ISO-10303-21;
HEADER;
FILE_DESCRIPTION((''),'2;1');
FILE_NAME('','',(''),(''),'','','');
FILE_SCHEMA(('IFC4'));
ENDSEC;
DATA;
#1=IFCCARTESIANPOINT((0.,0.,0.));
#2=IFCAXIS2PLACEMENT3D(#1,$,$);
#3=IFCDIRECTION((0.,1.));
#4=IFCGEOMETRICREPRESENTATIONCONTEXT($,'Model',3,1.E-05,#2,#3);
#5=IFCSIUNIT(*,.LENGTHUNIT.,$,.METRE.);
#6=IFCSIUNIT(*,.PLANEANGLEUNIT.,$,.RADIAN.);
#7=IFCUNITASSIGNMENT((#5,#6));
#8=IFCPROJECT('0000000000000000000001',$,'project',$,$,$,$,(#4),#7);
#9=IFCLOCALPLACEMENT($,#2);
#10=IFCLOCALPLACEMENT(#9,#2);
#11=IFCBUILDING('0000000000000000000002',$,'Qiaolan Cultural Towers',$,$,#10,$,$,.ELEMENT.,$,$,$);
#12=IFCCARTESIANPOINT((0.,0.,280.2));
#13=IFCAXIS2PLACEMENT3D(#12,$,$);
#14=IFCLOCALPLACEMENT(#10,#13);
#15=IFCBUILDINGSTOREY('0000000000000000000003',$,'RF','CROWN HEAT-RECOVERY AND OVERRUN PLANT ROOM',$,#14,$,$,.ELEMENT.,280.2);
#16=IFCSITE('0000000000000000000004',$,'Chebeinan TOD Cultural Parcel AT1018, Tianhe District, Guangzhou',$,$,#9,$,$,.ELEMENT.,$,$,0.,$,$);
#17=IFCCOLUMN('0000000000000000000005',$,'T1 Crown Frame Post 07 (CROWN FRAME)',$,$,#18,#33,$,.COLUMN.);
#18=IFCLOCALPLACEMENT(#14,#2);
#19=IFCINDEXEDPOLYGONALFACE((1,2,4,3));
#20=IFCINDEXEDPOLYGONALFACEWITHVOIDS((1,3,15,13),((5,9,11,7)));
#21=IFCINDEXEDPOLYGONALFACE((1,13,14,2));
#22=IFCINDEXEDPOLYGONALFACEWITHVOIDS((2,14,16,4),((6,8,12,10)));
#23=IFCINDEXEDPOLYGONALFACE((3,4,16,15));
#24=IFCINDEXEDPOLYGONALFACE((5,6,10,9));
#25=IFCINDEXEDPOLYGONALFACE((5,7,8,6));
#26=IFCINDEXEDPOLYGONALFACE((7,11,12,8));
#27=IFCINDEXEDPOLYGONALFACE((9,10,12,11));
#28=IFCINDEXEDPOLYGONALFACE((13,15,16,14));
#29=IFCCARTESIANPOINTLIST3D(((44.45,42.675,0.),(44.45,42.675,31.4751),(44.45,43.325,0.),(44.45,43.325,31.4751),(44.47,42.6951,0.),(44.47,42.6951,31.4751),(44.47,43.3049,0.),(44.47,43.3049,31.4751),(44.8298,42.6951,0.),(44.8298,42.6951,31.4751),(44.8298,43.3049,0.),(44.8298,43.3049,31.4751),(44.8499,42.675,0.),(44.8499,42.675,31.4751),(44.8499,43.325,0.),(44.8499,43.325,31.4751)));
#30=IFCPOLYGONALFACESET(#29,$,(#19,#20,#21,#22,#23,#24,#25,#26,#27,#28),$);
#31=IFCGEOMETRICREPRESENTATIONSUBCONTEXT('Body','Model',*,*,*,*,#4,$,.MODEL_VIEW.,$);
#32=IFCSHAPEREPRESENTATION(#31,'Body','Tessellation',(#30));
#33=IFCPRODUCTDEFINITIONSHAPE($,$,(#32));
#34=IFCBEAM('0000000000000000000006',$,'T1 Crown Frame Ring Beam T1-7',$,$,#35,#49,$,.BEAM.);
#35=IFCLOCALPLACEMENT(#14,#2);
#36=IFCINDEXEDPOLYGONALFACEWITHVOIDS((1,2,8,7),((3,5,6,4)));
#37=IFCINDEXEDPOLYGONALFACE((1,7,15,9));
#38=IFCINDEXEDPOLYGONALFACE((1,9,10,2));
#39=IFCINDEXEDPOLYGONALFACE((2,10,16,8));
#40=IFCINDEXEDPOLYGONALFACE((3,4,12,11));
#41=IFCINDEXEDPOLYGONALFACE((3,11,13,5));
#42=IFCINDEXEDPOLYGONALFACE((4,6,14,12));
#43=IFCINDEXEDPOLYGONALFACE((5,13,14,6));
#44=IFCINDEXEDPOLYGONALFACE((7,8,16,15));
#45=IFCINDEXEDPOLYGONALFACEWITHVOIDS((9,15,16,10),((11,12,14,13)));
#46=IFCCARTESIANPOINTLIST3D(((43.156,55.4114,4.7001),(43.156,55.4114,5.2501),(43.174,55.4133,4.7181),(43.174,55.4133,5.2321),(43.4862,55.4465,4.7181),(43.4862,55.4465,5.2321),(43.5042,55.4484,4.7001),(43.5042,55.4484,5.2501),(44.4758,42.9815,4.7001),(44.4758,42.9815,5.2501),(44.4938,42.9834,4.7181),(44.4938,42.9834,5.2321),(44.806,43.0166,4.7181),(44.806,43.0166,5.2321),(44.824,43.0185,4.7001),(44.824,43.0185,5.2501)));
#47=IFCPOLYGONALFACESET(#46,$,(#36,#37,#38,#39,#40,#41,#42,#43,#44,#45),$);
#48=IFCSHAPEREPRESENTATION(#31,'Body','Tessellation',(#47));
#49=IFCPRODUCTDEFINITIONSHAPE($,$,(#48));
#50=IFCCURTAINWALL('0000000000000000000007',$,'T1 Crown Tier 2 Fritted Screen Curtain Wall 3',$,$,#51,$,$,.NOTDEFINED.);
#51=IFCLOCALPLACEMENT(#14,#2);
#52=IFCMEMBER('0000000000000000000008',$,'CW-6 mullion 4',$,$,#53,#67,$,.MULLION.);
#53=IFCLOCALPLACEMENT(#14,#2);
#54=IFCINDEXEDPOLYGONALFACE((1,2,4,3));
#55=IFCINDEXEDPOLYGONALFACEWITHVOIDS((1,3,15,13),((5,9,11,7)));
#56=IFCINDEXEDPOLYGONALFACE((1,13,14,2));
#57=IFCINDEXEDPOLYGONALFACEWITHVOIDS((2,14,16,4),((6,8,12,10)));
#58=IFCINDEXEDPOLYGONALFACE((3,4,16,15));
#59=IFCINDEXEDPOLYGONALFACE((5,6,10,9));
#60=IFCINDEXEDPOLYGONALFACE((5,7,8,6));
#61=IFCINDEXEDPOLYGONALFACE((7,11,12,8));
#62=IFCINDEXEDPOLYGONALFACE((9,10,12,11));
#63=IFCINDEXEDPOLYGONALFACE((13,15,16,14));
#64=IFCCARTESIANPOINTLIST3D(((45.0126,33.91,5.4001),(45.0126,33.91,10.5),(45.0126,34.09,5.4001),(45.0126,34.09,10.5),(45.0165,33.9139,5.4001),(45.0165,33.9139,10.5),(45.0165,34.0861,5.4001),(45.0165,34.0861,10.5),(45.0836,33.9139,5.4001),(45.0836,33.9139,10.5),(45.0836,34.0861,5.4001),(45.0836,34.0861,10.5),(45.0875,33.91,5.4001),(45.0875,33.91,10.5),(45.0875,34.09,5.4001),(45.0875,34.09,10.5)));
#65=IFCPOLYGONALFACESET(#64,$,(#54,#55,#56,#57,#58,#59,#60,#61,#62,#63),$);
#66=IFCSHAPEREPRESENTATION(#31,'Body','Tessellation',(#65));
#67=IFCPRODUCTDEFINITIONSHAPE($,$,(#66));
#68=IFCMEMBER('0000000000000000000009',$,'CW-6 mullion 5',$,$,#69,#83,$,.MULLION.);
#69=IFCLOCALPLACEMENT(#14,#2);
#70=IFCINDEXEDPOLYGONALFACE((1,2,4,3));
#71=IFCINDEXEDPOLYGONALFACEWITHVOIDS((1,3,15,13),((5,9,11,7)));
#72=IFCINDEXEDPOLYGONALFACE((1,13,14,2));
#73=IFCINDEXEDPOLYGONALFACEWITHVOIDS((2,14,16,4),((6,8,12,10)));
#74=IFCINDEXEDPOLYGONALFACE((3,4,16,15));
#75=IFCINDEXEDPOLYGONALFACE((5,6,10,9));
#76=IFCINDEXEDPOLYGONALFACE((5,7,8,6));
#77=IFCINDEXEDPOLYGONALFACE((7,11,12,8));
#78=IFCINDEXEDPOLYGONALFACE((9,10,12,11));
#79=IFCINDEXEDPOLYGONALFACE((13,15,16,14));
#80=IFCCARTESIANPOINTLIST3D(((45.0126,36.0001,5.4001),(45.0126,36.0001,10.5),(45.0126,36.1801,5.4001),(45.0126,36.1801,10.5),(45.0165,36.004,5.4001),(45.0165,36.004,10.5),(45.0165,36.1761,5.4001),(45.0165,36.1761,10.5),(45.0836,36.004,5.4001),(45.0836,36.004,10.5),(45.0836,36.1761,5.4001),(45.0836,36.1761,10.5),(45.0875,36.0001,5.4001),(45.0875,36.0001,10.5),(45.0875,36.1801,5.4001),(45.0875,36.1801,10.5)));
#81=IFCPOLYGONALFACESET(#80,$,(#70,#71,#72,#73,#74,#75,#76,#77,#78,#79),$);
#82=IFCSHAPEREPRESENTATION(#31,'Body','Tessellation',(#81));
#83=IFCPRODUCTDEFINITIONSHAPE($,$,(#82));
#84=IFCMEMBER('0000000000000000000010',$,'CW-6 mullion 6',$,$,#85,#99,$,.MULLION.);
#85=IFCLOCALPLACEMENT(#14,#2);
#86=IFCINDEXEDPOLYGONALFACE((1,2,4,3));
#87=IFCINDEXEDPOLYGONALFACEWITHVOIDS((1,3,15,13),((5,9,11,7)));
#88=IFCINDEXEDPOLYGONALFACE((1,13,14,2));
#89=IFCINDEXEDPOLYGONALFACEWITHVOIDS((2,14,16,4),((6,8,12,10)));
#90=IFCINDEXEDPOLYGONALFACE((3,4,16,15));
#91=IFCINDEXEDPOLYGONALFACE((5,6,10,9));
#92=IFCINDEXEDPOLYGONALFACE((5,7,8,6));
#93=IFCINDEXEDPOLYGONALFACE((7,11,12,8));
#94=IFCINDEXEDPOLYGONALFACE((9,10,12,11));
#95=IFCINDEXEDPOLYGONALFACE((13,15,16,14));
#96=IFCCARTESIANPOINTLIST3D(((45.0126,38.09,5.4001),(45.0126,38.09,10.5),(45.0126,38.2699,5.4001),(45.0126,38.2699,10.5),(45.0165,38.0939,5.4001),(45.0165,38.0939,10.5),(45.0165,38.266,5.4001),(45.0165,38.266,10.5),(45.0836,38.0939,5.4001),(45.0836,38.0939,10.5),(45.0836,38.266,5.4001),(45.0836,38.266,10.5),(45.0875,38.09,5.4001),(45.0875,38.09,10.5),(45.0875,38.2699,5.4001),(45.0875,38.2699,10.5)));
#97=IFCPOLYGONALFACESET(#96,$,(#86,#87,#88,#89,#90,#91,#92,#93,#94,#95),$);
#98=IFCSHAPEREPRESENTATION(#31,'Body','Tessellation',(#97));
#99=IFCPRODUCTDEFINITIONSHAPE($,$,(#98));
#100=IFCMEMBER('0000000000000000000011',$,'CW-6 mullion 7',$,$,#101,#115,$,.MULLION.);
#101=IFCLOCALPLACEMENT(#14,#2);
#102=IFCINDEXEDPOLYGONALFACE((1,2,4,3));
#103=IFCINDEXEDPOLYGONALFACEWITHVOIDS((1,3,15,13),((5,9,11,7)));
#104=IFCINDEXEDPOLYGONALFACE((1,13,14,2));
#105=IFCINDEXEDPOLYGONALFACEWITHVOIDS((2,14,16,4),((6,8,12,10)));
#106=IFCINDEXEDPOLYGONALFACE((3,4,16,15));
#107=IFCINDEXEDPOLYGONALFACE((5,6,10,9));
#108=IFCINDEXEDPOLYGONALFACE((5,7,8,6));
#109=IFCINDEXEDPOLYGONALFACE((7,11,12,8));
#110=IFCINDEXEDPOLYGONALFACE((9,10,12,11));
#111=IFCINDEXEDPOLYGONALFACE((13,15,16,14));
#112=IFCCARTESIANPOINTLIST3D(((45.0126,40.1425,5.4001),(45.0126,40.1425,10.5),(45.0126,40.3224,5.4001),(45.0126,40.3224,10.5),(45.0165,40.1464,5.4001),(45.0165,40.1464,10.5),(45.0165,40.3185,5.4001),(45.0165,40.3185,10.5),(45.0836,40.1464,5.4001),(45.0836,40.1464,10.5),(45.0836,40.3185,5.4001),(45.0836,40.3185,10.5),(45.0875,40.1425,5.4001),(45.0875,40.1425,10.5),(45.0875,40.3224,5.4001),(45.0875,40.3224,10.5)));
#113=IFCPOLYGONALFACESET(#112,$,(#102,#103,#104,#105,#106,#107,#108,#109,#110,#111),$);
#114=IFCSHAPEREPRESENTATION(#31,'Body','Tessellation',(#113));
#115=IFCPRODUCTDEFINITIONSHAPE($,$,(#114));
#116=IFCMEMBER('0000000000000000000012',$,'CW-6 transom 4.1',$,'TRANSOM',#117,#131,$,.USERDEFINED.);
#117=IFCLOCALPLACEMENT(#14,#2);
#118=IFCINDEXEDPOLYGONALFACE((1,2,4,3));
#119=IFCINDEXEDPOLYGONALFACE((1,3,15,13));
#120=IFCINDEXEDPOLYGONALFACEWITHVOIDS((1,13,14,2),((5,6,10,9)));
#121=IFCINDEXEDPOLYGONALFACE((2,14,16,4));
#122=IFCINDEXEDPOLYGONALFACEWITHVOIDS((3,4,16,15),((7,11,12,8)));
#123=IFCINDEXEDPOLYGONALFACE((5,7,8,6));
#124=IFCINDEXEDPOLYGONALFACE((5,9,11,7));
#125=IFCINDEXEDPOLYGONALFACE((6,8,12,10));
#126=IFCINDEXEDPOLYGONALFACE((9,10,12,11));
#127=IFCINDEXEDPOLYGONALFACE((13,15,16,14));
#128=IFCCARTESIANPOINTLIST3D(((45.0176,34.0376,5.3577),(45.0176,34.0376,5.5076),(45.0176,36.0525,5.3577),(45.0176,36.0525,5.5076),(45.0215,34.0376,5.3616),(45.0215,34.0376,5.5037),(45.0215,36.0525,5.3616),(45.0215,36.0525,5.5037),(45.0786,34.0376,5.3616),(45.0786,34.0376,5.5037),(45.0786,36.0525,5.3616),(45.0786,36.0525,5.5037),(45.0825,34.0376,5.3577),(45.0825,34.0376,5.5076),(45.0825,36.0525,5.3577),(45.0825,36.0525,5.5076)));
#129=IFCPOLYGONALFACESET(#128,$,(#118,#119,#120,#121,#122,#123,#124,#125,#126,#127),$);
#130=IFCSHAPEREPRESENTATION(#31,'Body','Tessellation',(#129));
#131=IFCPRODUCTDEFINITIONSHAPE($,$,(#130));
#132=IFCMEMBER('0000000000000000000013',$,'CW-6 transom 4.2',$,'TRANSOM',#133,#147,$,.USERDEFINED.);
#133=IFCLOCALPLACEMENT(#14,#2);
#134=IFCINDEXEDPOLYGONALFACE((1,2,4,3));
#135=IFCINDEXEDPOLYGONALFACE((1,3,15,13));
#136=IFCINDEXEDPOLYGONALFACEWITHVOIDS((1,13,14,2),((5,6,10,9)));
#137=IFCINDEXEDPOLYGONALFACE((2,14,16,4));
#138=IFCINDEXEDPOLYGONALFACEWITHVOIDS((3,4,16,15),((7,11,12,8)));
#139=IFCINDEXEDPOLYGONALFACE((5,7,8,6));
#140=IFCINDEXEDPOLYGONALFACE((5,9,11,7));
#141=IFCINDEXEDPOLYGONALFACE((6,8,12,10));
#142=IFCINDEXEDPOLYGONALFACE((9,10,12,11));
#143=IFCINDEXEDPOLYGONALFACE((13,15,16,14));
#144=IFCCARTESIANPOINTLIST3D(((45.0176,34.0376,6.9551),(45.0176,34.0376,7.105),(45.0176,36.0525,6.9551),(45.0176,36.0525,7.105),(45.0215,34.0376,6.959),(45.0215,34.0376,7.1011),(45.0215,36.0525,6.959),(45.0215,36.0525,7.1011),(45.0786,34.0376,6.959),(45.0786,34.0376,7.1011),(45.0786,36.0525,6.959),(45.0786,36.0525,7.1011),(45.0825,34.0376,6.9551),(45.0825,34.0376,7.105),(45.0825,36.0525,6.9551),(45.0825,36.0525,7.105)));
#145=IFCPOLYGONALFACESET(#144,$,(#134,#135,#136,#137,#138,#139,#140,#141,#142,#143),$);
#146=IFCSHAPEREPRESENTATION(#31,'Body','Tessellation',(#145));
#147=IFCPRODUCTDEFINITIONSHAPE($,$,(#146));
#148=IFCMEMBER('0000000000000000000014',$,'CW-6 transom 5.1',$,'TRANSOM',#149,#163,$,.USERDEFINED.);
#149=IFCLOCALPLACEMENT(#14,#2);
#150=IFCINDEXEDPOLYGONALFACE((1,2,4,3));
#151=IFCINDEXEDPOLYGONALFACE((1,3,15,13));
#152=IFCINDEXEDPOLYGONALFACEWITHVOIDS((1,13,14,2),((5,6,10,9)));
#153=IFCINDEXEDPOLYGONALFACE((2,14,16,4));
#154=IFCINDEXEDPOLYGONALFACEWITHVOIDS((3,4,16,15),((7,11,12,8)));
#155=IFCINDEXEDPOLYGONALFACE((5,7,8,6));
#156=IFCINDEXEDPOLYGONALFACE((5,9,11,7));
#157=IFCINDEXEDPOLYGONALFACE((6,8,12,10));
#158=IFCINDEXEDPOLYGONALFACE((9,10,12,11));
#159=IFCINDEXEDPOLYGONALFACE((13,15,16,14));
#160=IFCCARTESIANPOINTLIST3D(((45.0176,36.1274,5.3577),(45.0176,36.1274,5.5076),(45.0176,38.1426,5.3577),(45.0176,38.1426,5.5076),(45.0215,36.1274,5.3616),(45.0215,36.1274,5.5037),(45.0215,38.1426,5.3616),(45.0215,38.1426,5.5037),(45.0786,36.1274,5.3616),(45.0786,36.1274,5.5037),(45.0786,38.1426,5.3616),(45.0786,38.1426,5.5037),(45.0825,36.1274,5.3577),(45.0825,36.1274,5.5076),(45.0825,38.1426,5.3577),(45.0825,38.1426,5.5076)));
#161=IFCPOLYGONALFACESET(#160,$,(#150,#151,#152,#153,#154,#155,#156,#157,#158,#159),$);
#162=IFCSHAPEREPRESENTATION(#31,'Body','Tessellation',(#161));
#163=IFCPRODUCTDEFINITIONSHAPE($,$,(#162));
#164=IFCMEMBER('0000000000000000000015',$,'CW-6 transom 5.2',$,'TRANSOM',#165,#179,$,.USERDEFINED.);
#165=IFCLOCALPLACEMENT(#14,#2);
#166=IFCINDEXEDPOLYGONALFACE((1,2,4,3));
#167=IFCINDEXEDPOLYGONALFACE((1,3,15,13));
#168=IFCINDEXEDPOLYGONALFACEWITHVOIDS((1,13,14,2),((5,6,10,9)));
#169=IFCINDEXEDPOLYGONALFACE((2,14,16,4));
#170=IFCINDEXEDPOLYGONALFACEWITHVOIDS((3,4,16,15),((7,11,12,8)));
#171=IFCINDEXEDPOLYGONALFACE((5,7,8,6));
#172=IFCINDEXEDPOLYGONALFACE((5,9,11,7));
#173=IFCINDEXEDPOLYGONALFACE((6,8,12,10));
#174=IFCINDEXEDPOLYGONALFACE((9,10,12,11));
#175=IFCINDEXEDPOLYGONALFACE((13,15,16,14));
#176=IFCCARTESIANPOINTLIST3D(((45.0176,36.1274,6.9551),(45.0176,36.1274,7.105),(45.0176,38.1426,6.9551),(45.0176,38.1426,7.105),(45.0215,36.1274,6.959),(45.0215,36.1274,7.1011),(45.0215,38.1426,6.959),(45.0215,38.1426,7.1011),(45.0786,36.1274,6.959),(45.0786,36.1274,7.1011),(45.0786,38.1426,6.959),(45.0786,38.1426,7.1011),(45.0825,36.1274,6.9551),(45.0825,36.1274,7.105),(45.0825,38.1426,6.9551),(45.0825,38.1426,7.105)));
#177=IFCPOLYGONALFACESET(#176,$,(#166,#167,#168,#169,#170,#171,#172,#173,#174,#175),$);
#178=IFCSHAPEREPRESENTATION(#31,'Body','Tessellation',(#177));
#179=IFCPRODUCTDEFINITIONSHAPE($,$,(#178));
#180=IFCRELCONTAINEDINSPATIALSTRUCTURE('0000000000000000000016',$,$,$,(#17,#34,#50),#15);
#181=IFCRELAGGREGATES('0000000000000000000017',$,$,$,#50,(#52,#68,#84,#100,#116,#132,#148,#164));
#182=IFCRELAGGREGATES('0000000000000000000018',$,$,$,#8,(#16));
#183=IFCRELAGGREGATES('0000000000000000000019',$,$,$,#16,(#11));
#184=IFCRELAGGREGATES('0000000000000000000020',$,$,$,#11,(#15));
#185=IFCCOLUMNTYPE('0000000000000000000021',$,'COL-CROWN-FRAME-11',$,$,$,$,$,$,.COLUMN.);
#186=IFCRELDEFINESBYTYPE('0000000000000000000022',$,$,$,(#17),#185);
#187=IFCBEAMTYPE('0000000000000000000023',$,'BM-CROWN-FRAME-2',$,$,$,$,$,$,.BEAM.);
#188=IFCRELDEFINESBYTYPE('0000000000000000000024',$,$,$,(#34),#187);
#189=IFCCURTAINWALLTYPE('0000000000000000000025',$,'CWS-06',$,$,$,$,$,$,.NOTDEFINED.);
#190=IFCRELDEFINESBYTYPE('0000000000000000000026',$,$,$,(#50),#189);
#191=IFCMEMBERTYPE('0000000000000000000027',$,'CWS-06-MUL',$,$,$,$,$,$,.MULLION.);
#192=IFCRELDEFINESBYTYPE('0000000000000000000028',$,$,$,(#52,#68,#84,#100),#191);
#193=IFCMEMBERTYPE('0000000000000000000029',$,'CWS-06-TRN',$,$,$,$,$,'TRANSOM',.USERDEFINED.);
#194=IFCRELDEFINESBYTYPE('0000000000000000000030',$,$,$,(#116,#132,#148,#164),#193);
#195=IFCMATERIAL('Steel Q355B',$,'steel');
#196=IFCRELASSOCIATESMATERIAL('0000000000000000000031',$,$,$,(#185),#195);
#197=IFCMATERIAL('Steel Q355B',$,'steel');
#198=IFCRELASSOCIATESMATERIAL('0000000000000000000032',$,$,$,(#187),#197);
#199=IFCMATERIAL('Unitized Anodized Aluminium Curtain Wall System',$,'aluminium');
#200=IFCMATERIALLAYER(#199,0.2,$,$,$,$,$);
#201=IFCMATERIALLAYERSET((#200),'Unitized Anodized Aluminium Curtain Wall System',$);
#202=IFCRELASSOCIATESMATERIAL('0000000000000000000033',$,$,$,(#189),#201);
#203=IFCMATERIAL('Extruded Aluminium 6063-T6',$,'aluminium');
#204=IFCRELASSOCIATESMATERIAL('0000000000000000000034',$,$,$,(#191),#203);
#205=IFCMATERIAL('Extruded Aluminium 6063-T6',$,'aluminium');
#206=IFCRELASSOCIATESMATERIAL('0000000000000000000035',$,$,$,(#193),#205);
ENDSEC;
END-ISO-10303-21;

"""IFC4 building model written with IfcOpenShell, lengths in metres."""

from ifc_helpers import new_model, si_unit, direction, frame, origin, origin_2d, place, context, subcontext, project, spatial, hollow_rectangle, extrude, material, layer, layer_set, material_profile, profile_set, type_object, element, aggregate, save


model = new_model("IFC4")

# Units and contexts
model_context = context("Model", 3, precision=1e-05, world=origin(), true_north=direction((0.0, 1.0)))
body_context = subcontext(model_context, "Body", "Model", "MODEL_VIEW")
ifc_project = project(units=[si_unit("LENGTHUNIT", "METRE"), si_unit("PLANEANGLEUNIT", "RADIAN")], contexts=[model_context])

# Site, building, storey
site_placement = place(None, origin())
site = spatial("IfcSite", under=ifc_project, at=site_placement, Name="Chebeinan TOD Cultural Parcel AT1018, Tianhe District, Guangzhou", CompositionType="ELEMENT", RefElevation=0.0)
building_placement = place(site_placement, origin())
building = spatial("IfcBuilding", under=site, at=building_placement, Name="Qiaolan Cultural Towers", CompositionType="ELEMENT")
storey_placement = place(building_placement, frame((0.0, 0.0, 280.2)))
storey = spatial("IfcBuildingStorey", under=building, at=storey_placement, Name="RF", Description="CROWN HEAT-RECOVERY AND OVERRUN PLANT ROOM", CompositionType="ELEMENT", Elevation=280.2)

# Column
ifc_material_1 = material(Name="Steel Q355B", Category="steel")
ifc_material_profile_1 = material_profile(ifc_material_1, hollow_rectangle(XDim=0.3999, YDim=0.6499, WallThickness=0.02, at=origin_2d()), Name="BOX650x400x20")
ifc_profile_set_1 = profile_set([ifc_material_profile_1], Name="Steel Q355B")
column_type = type_object("IfcColumnType", Name="COL-CROWN-FRAME-11", PredefinedType="COLUMN", material=ifc_profile_set_1)
column_placement = place(storey_placement, frame((44.6499, 43.0, 0.0), z_axis=(0.0, 0.0, 1.0), x_axis=(1.0, 0.0, 0.0)))
element("IfcColumn", 1, at=column_placement, inside=storey, type_object=column_type, Name="T1 Crown Frame Post 07 (CROWN FRAME)", PredefinedType="COLUMN", context=body_context, shape_type="SweptSolid", body=[
    extrude(hollow_rectangle(XDim=0.3999, YDim=0.6499, WallThickness=0.02, at=origin_2d()), origin(), (0.0, 0.0, 1.0), 31.4751),
])

# Beam
ifc_material_2 = material(Name="Steel Q355B", Category="steel")
ifc_material_profile_2 = material_profile(ifc_material_2, hollow_rectangle(XDim=0.3501, YDim=0.55, WallThickness=0.0181, at=origin_2d()), Name="BOX550x350x18")
ifc_profile_set_2 = profile_set([ifc_material_profile_2], Name="Steel Q355B")
beam_type = type_object("IfcBeamType", Name="BM-CROWN-FRAME-2", PredefinedType="BEAM", material=ifc_profile_set_2)
beam_placement = place(storey_placement, frame((44.6499, 43.0, 4.9751), z_axis=(-0.105588, 0.99441, 0.0), x_axis=(-0.99441, -0.105588, 0.0)))
element("IfcBeam", 2, at=beam_placement, inside=storey, type_object=beam_type, Name="T1 Crown Frame Ring Beam T1-7", PredefinedType="BEAM", context=body_context, shape_type="SweptSolid", body=[
    extrude(hollow_rectangle(XDim=0.3501, YDim=0.55, WallThickness=0.0181, at=origin_2d()), origin(), (0.0, 0.0, 1.0), 12.4998),
])

# Curtain wall, members
ifc_material_3 = material(Name="Unitized Anodized Aluminium Curtain Wall System", Category="aluminium")
ifc_layer_1 = layer(ifc_material_3, 0.2)
ifc_layer_set_1 = layer_set([ifc_layer_1], Name="Unitized Anodized Aluminium Curtain Wall System")
curtain_wall_type = type_object("IfcCurtainWallType", Name="CWS-06", PredefinedType="NOTDEFINED", material=ifc_layer_set_1)
curtain_wall_placement = place(storey_placement, origin())
curtain_wall = element("IfcCurtainWall", 3, at=curtain_wall_placement, inside=storey, type_object=curtain_wall_type, Name="T1 Crown Tier 2 Fritted Screen Curtain Wall 3", PredefinedType="NOTDEFINED")
ifc_material_4 = material(Name="Extruded Aluminium 6063-T6", Category="aluminium")
ifc_material_profile_3 = material_profile(ifc_material_4, hollow_rectangle(XDim=0.075, YDim=0.1799, WallThickness=0.0039, at=origin_2d()), Name="CWM-180x75x4")
ifc_profile_set_3 = profile_set([ifc_material_profile_3], Name="Extruded Aluminium 6063-T6")
member_type_1 = type_object("IfcMemberType", Name="CWS-06-MUL", PredefinedType="MULLION", material=ifc_profile_set_3)
member_1_placement = place(storey_placement, frame((45.05, 34.0, 5.4001), z_axis=(0.0, 0.0, 1.0), x_axis=(-1.0, 0.0, 0.0)))
member_1 = element("IfcMember", 4, at=member_1_placement, type_object=member_type_1, Name="CW-6 mullion 4", PredefinedType="MULLION", context=body_context, shape_type="SweptSolid", body=[
    extrude(hollow_rectangle(XDim=0.075, YDim=0.1799, WallThickness=0.0039, at=origin_2d()), origin(), (0.0, 0.0, 1.0), 5.0999),
])
member_2_placement = place(storey_placement, frame((45.05, 36.0901, 5.4001), z_axis=(0.0, 0.0, 1.0), x_axis=(-1.0, 0.0, 0.0)))
member_2 = element("IfcMember", 5, at=member_2_placement, type_object=member_type_1, Name="CW-6 mullion 5", PredefinedType="MULLION", context=body_context, shape_type="SweptSolid", body=[
    extrude(hollow_rectangle(XDim=0.075, YDim=0.1799, WallThickness=0.0039, at=origin_2d()), origin(), (0.0, 0.0, 1.0), 5.0999),
])
member_3_placement = place(storey_placement, frame((45.05, 38.1799, 5.4001), z_axis=(0.0, 0.0, 1.0), x_axis=(-1.0, 0.0, 0.0)))
member_3 = element("IfcMember", 6, at=member_3_placement, type_object=member_type_1, Name="CW-6 mullion 6", PredefinedType="MULLION", context=body_context, shape_type="SweptSolid", body=[
    extrude(hollow_rectangle(XDim=0.075, YDim=0.1799, WallThickness=0.0039, at=origin_2d()), origin(), (0.0, 0.0, 1.0), 5.0999),
])
member_4_placement = place(storey_placement, frame((45.05, 40.2324, 5.4001), z_axis=(0.0, 0.0, 1.0), x_axis=(-1.0, 0.0, 0.0)))
member_4 = element("IfcMember", 7, at=member_4_placement, type_object=member_type_1, Name="CW-6 mullion 7", PredefinedType="MULLION", context=body_context, shape_type="SweptSolid", body=[
    extrude(hollow_rectangle(XDim=0.075, YDim=0.1799, WallThickness=0.0039, at=origin_2d()), origin(), (0.0, 0.0, 1.0), 5.0999),
])
ifc_material_5 = material(Name="Extruded Aluminium 6063-T6", Category="aluminium")
ifc_material_profile_4 = material_profile(ifc_material_5, hollow_rectangle(XDim=0.0649, YDim=0.1499, WallThickness=0.0039, at=origin_2d()), Name="CWT-150x65x4")
ifc_profile_set_4 = profile_set([ifc_material_profile_4], Name="Extruded Aluminium 6063-T6")
member_type_2 = type_object("IfcMemberType", Name="CWS-06-TRN", ElementType="TRANSOM", PredefinedType="USERDEFINED", material=ifc_profile_set_4)
member_5_placement = place(storey_placement, frame((45.05, 34.0376, 5.4326), z_axis=(0.0, 1.0, 0.0), x_axis=(-1.0, 0.0, 0.0)))
member_5 = element("IfcMember", 8, at=member_5_placement, type_object=member_type_2, Name="CW-6 transom 4.1", ObjectType="TRANSOM", PredefinedType="USERDEFINED", context=body_context, shape_type="SweptSolid", body=[
    extrude(hollow_rectangle(XDim=0.0649, YDim=0.1499, WallThickness=0.0039, at=origin_2d()), origin(), (0.0, 0.0, 1.0), 2.0149),
])
member_6_placement = place(storey_placement, frame((45.05, 34.0376, 7.03), z_axis=(0.0, 1.0, 0.0), x_axis=(-1.0, 0.0, 0.0)))
member_6 = element("IfcMember", 9, at=member_6_placement, type_object=member_type_2, Name="CW-6 transom 4.2", ObjectType="TRANSOM", PredefinedType="USERDEFINED", context=body_context, shape_type="SweptSolid", body=[
    extrude(hollow_rectangle(XDim=0.0649, YDim=0.1499, WallThickness=0.0039, at=origin_2d()), origin(), (0.0, 0.0, 1.0), 2.0149),
])
member_7_placement = place(storey_placement, frame((45.05, 36.1274, 5.4326), z_axis=(0.0, 1.0, 0.0), x_axis=(-1.0, 0.0, 0.0)))
member_7 = element("IfcMember", 10, at=member_7_placement, type_object=member_type_2, Name="CW-6 transom 5.1", ObjectType="TRANSOM", PredefinedType="USERDEFINED", context=body_context, shape_type="SweptSolid", body=[
    extrude(hollow_rectangle(XDim=0.0649, YDim=0.1499, WallThickness=0.0039, at=origin_2d()), origin(), (0.0, 0.0, 1.0), 2.0151),
])
member_8_placement = place(storey_placement, frame((45.05, 36.1274, 7.03), z_axis=(0.0, 1.0, 0.0), x_axis=(-1.0, 0.0, 0.0)))
member_8 = element("IfcMember", 11, at=member_8_placement, type_object=member_type_2, Name="CW-6 transom 5.2", ObjectType="TRANSOM", PredefinedType="USERDEFINED", context=body_context, shape_type="SweptSolid", body=[
    extrude(hollow_rectangle(XDim=0.0649, YDim=0.1499, WallThickness=0.0039, at=origin_2d()), origin(), (0.0, 0.0, 1.0), 2.0151),
])
aggregate(curtain_wall, [member_1, member_2, member_3, member_4, member_5, member_6, member_7, member_8])

save(model, "model.ifc")
